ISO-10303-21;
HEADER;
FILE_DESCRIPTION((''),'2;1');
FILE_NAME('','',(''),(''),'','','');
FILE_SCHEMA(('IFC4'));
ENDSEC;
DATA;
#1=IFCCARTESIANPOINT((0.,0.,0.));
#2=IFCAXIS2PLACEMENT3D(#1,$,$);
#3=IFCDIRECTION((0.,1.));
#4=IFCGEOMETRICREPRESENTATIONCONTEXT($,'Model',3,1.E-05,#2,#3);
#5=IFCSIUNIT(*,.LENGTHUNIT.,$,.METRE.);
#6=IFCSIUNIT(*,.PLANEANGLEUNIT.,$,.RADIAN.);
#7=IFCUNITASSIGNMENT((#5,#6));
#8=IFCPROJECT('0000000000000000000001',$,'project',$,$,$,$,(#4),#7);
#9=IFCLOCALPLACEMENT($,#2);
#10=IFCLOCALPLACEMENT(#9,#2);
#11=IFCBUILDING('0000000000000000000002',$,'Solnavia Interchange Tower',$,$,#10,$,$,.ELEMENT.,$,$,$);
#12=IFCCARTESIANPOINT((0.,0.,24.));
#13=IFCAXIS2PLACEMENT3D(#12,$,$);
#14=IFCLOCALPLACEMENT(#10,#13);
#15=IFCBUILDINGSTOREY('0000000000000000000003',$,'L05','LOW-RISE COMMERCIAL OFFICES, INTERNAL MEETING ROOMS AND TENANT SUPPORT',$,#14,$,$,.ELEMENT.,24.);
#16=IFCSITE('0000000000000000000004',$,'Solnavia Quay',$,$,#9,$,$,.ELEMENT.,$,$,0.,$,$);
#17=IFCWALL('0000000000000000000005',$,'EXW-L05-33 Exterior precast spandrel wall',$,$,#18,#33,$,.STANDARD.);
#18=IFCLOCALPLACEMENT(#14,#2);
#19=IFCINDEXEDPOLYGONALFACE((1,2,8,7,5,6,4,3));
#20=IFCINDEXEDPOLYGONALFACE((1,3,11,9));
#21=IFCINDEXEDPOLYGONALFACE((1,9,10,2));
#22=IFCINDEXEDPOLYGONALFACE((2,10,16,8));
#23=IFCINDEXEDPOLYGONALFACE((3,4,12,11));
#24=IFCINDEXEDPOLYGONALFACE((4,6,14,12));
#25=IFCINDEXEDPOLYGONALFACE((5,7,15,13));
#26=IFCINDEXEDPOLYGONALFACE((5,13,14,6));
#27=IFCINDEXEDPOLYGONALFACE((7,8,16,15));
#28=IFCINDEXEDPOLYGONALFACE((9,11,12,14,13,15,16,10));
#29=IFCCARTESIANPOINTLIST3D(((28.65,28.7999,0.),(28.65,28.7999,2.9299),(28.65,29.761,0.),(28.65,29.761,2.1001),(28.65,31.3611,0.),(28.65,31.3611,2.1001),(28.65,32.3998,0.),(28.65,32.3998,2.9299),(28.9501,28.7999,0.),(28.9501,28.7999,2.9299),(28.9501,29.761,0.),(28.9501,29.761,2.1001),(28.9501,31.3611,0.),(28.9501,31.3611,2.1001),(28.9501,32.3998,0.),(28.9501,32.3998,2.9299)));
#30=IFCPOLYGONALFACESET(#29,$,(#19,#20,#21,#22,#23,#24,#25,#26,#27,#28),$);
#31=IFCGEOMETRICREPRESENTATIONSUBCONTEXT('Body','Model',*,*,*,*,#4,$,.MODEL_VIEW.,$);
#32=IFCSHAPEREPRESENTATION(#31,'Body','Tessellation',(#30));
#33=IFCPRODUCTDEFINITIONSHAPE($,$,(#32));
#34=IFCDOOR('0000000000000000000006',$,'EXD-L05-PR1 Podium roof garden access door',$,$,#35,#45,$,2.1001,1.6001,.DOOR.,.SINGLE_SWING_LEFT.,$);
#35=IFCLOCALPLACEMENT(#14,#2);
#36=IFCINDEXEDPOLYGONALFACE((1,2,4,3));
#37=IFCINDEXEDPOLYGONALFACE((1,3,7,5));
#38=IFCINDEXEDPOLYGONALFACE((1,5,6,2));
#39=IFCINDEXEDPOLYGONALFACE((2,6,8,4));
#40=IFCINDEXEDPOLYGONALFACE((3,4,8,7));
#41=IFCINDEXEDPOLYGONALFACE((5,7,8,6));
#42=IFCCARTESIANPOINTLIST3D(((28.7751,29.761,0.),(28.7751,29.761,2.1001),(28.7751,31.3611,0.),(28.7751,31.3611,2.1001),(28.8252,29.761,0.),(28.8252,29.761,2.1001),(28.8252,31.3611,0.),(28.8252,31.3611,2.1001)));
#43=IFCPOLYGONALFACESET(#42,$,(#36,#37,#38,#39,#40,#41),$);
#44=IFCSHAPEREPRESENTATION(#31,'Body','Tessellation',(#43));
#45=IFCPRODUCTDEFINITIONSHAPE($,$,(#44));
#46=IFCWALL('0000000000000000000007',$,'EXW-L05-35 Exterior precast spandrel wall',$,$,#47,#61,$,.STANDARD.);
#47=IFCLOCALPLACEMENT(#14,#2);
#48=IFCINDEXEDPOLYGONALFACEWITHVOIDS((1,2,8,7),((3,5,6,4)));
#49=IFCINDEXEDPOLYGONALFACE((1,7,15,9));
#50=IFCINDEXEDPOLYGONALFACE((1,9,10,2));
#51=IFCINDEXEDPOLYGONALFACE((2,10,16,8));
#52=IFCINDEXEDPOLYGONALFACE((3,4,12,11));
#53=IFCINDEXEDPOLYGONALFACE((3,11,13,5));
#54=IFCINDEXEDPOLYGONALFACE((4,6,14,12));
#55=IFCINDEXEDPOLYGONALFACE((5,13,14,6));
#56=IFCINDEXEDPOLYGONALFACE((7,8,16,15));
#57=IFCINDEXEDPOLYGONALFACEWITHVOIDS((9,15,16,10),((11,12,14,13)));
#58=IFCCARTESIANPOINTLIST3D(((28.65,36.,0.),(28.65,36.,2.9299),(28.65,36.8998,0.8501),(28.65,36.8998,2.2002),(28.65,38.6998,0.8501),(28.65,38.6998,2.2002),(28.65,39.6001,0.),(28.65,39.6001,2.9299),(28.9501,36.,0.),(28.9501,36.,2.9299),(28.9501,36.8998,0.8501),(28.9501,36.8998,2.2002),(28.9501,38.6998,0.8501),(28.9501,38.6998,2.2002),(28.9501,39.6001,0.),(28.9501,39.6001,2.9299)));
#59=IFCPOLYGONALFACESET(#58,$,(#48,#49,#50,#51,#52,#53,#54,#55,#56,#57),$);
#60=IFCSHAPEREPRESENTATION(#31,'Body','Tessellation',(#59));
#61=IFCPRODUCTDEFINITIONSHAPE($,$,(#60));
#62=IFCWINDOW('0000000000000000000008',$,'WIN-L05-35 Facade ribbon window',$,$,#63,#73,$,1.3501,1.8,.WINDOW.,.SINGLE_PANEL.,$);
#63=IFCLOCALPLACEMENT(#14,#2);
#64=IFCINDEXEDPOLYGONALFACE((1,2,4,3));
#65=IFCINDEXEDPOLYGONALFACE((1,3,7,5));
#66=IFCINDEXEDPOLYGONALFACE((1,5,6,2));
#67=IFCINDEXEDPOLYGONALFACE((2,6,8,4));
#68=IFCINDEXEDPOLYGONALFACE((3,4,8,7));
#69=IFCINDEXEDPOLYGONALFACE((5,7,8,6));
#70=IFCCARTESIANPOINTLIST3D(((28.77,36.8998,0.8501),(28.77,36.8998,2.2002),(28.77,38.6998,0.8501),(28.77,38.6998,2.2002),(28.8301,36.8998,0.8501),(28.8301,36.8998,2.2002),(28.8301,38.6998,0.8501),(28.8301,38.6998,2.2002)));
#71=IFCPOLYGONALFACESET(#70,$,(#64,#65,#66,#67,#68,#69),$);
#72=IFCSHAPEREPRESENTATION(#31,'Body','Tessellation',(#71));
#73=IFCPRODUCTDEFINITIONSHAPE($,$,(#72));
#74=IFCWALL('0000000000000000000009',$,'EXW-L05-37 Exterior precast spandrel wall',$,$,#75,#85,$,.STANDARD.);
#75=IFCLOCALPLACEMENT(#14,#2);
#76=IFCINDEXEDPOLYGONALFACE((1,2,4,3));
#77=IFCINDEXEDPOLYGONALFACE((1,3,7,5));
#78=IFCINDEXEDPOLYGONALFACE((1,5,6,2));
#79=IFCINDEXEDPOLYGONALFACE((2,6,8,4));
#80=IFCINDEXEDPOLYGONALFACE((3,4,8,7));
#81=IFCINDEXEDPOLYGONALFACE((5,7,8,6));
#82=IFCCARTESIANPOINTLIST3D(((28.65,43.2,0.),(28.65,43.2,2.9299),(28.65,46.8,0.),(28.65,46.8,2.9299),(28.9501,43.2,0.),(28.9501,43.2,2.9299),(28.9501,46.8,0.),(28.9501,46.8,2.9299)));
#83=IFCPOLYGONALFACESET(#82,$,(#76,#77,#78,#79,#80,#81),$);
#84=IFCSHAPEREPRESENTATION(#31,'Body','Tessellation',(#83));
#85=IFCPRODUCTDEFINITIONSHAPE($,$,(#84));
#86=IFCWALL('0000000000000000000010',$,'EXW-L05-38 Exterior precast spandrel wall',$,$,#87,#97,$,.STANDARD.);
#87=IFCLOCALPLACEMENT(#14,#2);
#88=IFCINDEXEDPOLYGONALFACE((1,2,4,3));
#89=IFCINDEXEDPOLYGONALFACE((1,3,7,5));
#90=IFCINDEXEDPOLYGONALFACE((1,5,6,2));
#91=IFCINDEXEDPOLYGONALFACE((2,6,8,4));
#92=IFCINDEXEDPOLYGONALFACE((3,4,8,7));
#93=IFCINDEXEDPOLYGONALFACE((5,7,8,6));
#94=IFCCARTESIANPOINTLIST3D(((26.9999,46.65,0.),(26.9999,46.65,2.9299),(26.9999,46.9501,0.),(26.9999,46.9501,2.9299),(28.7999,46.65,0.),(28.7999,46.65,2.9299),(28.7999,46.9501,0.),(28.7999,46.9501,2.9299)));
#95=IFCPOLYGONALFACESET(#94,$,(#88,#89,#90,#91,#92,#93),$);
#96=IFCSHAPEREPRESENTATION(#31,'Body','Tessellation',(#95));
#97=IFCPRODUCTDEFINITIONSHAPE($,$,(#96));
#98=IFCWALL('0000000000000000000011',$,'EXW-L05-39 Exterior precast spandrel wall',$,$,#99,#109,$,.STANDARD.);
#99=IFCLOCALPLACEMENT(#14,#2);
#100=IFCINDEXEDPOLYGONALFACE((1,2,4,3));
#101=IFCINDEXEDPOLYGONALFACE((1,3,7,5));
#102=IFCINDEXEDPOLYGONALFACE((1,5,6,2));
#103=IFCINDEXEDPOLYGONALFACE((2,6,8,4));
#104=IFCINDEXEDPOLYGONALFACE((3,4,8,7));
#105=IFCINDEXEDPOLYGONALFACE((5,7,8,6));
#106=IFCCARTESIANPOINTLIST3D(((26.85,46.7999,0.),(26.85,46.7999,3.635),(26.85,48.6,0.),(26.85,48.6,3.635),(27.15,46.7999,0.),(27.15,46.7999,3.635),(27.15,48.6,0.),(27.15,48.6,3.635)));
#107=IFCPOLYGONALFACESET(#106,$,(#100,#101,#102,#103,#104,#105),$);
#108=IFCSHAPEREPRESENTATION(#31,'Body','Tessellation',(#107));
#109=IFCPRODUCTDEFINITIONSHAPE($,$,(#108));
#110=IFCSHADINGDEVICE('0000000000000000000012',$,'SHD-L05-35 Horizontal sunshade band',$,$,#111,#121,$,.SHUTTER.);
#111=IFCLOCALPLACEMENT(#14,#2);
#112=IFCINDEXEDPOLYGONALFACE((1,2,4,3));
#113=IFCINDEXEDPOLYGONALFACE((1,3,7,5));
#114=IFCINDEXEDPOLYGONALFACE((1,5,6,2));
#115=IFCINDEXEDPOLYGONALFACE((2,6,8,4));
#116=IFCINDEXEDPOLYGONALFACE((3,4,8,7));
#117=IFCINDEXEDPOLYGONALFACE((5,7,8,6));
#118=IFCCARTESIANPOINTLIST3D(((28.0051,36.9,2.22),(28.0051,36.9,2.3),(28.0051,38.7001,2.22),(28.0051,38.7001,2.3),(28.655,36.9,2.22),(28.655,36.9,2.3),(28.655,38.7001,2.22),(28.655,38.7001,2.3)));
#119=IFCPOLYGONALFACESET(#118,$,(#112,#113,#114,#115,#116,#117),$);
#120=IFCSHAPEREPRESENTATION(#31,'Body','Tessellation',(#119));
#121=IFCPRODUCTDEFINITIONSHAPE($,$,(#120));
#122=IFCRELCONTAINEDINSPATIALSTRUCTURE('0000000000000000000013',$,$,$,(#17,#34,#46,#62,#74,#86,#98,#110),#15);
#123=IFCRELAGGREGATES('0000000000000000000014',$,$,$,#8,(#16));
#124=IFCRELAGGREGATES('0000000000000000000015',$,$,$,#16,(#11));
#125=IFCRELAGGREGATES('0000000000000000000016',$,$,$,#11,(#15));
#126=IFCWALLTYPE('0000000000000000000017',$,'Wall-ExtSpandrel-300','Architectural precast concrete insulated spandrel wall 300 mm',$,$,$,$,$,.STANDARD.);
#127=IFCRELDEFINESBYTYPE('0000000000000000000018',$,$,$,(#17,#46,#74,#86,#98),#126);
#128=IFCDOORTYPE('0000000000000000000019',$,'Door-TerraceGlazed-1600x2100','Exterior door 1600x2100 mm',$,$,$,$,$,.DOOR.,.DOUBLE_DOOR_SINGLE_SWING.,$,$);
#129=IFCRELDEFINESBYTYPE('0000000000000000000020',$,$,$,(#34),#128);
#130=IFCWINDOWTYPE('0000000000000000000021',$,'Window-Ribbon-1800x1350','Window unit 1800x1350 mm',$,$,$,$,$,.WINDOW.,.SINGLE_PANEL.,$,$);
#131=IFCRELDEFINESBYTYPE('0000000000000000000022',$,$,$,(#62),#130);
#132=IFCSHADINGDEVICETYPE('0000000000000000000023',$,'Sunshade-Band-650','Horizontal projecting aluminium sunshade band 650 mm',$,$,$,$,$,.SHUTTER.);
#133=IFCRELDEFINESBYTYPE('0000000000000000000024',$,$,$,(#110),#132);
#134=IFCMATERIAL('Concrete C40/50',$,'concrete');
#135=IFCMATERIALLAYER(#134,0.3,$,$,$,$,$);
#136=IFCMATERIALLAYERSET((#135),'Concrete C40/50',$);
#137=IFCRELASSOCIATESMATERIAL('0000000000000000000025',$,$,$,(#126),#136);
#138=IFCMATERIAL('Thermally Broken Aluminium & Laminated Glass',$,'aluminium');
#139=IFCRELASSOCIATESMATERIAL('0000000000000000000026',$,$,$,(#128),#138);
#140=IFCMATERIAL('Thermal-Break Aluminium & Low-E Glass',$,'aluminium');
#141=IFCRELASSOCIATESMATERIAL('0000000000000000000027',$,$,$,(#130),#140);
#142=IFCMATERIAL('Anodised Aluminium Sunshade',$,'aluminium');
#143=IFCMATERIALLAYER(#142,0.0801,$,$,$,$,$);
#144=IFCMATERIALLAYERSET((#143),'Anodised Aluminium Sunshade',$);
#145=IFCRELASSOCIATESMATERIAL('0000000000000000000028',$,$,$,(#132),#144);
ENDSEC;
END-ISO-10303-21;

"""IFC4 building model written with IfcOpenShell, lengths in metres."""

from ifc_helpers import new_model, si_unit, direction, frame, frame_2d, origin, origin_2d, place, context, subcontext, project, spatial, rectangle, extrude, material, layer, layer_set, type_object, element, fill, save


model = new_model("IFC4")

# Units and contexts
model_context = context("Model", 3, precision=1e-05, world=origin(), true_north=direction((0.0, 1.0)))
body_context = subcontext(model_context, "Body", "Model", "MODEL_VIEW")
ifc_project = project(units=[si_unit("LENGTHUNIT", "METRE"), si_unit("PLANEANGLEUNIT", "RADIAN")], contexts=[model_context])

# Site, building, storey
site_placement = place(None, origin())
site = spatial("IfcSite", under=ifc_project, at=site_placement, Name="Solnavia Quay", CompositionType="ELEMENT", RefElevation=0.0)
building_placement = place(site_placement, origin())
building = spatial("IfcBuilding", under=site, at=building_placement, Name="Solnavia Interchange Tower", CompositionType="ELEMENT")
storey_placement = place(building_placement, frame((0.0, 0.0, 24.0)))
storey = spatial("IfcBuildingStorey", under=building, at=storey_placement, Name="L05", Description="LOW-RISE COMMERCIAL OFFICES, INTERNAL MEETING ROOMS AND TENANT SUPPORT", CompositionType="ELEMENT", Elevation=24.0)

# Wall, opening, door
ifc_material_1 = material(Name="Concrete C40/50", Category="concrete")
ifc_layer_1 = layer(ifc_material_1, 0.3)
ifc_layer_set_1 = layer_set([ifc_layer_1], Name="Concrete C40/50")
wall_type = type_object("IfcWallType", Name="Wall-ExtSpandrel-300", Description="Architectural precast concrete insulated spandrel wall 300 mm", PredefinedType="STANDARD", material=ifc_layer_set_1)
wall_1_placement = place(storey_placement, frame((28.8, 28.8, 0.0), z_axis=(0.0, 0.0, 1.0), x_axis=(0.0, 1.0, 0.0)))
wall_1 = element("IfcWall", 1, at=wall_1_placement, inside=storey, type_object=wall_type, Name="EXW-L05-33 Exterior precast spandrel wall", PredefinedType="STANDARD", context=body_context, shape_type="SweptSolid", body=[
    extrude(rectangle(XDim=3.5999, YDim=0.3, at=frame_2d((1.7998, 0.0))), origin(), (0.0, 0.0, 1.0), 2.9299),
])
opening_1_placement = place(wall_1_placement, frame((0.9609, 0.0, 0.0)))
opening_1 = element("IfcOpeningElement", 2, at=opening_1_placement, cuts=wall_1, PredefinedType="OPENING", context=body_context, shape_type="SweptSolid", body=[
    extrude(rectangle(XDim=1.6001, YDim=2.1001, at=frame_2d((0.8, 1.05))), frame((0.0, 0.1602, 0.0), z_axis=(0.0, -1.0, 0.0), x_axis=(1.0, 0.0, 0.0)), (0.0, 0.0, 1.0), 0.3201),
])
ifc_material_2 = material(Name="Thermally Broken Aluminium & Laminated Glass", Category="aluminium")
door_type = type_object("IfcDoorType", Name="Door-TerraceGlazed-1600x2100", Description="Exterior door 1600x2100 mm", OperationType="DOUBLE_DOOR_SINGLE_SWING", PredefinedType="DOOR", material=ifc_material_2)
door_placement = place(opening_1_placement, origin())
door = element("IfcDoor", 3, at=door_placement, inside=storey, type_object=door_type, Name="EXD-L05-PR1 Podium roof garden access door", OperationType="SINGLE_SWING_LEFT", OverallHeight=2.1001, OverallWidth=1.6001, PredefinedType="DOOR", context=body_context, shape_type="SweptSolid", body=[
    extrude(rectangle(XDim=1.6001, YDim=2.1001, at=frame_2d((0.8, 1.05))), frame((0.0, 0.0249, 0.0), z_axis=(0.0, -1.0, 0.0), x_axis=(1.0, 0.0, 0.0)), (0.0, 0.0, 1.0), 0.05),
])
fill(opening_1, door)

# Wall, opening, window
wall_2_placement = place(storey_placement, frame((28.8, 36.0, 0.0), z_axis=(0.0, 0.0, 1.0), x_axis=(0.0, 1.0, 0.0)))
wall_2 = element("IfcWall", 4, at=wall_2_placement, inside=storey, type_object=wall_type, Name="EXW-L05-35 Exterior precast spandrel wall", PredefinedType="STANDARD", context=body_context, shape_type="SweptSolid", body=[
    extrude(rectangle(XDim=3.6001, YDim=0.3, at=frame_2d((1.8, 0.0))), origin(), (0.0, 0.0, 1.0), 2.9299),
])
opening_2_placement = place(wall_2_placement, frame((0.8999, 0.0, 0.8501)))
opening_2 = element("IfcOpeningElement", 5, at=opening_2_placement, cuts=wall_2, PredefinedType="OPENING", context=body_context, shape_type="SweptSolid", body=[
    extrude(rectangle(XDim=1.8, YDim=1.3501, at=frame_2d((0.8999, 0.675))), frame((0.0, 0.1602, 0.0), z_axis=(0.0, -1.0, 0.0), x_axis=(1.0, 0.0, 0.0)), (0.0, 0.0, 1.0), 0.3201),
])
ifc_material_3 = material(Name="Thermal-Break Aluminium & Low-E Glass", Category="aluminium")
window_type = type_object("IfcWindowType", Name="Window-Ribbon-1800x1350", Description="Window unit 1800x1350 mm", PartitioningType="SINGLE_PANEL", PredefinedType="WINDOW", material=ifc_material_3)
window_placement = place(opening_2_placement, origin())
window = element("IfcWindow", 6, at=window_placement, inside=storey, type_object=window_type, Name="WIN-L05-35 Facade ribbon window", OverallHeight=1.3501, OverallWidth=1.8, PartitioningType="SINGLE_PANEL", PredefinedType="WINDOW", context=body_context, shape_type="SweptSolid", body=[
    extrude(rectangle(XDim=1.8, YDim=1.3501, at=frame_2d((0.8999, 0.675))), frame((0.0, 0.03, 0.0), z_axis=(0.0, -1.0, 0.0), x_axis=(1.0, 0.0, 0.0)), (0.0, 0.0, 1.0), 0.0601),
])
fill(opening_2, window)

# Walls
wall_3_placement = place(storey_placement, frame((28.8, 43.2, 0.0), z_axis=(0.0, 0.0, 1.0), x_axis=(0.0, 1.0, 0.0)))
element("IfcWall", 7, at=wall_3_placement, inside=storey, type_object=wall_type, Name="EXW-L05-37 Exterior precast spandrel wall", PredefinedType="STANDARD", context=body_context, shape_type="SweptSolid", body=[
    extrude(rectangle(XDim=3.6001, YDim=0.3, at=frame_2d((1.8, 0.0))), origin(), (0.0, 0.0, 1.0), 2.9299),
])
wall_4_placement = place(storey_placement, frame((27.0, 46.8, 0.0), z_axis=(0.0, 0.0, 1.0), x_axis=(1.0, 0.0, 0.0)))
element("IfcWall", 8, at=wall_4_placement, inside=storey, type_object=wall_type, Name="EXW-L05-38 Exterior precast spandrel wall", PredefinedType="STANDARD", context=body_context, shape_type="SweptSolid", body=[
    extrude(rectangle(XDim=1.8, YDim=0.3, at=frame_2d((0.8999, 0.0))), origin(), (0.0, 0.0, 1.0), 2.9299),
])
wall_5_placement = place(storey_placement, frame((27.0, 46.8, 0.0), z_axis=(0.0, 0.0, 1.0), x_axis=(0.0, 1.0, 0.0)))
element("IfcWall", 9, at=wall_5_placement, inside=storey, type_object=wall_type, Name="EXW-L05-39 Exterior precast spandrel wall", PredefinedType="STANDARD", context=body_context, shape_type="SweptSolid", body=[
    extrude(rectangle(XDim=1.8, YDim=0.3, at=frame_2d((0.8999, 0.0))), origin(), (0.0, 0.0, 1.0), 3.635),
])

# Shading device
ifc_material_4 = material(Name="Anodised Aluminium Sunshade", Category="aluminium")
ifc_layer_2 = layer(ifc_material_4, 0.0801)
ifc_layer_set_2 = layer_set([ifc_layer_2], Name="Anodised Aluminium Sunshade")
shading_device_type = type_object("IfcShadingDeviceType", Name="Sunshade-Band-650", Description="Horizontal projecting aluminium sunshade band 650 mm", PredefinedType="SHUTTER", material=ifc_layer_set_2)
shading_device_placement = place(storey_placement, frame((28.3301, 37.8, 2.22), z_axis=(0.0, 0.0, 1.0), x_axis=(0.0, 1.0, 0.0)))
element("IfcShadingDevice", 10, at=shading_device_placement, inside=storey, type_object=shading_device_type, Name="SHD-L05-35 Horizontal sunshade band", PredefinedType="SHUTTER", context=body_context, shape_type="SweptSolid", body=[
    extrude(rectangle(XDim=1.8, YDim=0.6499, at=origin_2d()), origin(), (0.0, 0.0, 1.0), 0.0801),
])

save(model, "model.ifc")
